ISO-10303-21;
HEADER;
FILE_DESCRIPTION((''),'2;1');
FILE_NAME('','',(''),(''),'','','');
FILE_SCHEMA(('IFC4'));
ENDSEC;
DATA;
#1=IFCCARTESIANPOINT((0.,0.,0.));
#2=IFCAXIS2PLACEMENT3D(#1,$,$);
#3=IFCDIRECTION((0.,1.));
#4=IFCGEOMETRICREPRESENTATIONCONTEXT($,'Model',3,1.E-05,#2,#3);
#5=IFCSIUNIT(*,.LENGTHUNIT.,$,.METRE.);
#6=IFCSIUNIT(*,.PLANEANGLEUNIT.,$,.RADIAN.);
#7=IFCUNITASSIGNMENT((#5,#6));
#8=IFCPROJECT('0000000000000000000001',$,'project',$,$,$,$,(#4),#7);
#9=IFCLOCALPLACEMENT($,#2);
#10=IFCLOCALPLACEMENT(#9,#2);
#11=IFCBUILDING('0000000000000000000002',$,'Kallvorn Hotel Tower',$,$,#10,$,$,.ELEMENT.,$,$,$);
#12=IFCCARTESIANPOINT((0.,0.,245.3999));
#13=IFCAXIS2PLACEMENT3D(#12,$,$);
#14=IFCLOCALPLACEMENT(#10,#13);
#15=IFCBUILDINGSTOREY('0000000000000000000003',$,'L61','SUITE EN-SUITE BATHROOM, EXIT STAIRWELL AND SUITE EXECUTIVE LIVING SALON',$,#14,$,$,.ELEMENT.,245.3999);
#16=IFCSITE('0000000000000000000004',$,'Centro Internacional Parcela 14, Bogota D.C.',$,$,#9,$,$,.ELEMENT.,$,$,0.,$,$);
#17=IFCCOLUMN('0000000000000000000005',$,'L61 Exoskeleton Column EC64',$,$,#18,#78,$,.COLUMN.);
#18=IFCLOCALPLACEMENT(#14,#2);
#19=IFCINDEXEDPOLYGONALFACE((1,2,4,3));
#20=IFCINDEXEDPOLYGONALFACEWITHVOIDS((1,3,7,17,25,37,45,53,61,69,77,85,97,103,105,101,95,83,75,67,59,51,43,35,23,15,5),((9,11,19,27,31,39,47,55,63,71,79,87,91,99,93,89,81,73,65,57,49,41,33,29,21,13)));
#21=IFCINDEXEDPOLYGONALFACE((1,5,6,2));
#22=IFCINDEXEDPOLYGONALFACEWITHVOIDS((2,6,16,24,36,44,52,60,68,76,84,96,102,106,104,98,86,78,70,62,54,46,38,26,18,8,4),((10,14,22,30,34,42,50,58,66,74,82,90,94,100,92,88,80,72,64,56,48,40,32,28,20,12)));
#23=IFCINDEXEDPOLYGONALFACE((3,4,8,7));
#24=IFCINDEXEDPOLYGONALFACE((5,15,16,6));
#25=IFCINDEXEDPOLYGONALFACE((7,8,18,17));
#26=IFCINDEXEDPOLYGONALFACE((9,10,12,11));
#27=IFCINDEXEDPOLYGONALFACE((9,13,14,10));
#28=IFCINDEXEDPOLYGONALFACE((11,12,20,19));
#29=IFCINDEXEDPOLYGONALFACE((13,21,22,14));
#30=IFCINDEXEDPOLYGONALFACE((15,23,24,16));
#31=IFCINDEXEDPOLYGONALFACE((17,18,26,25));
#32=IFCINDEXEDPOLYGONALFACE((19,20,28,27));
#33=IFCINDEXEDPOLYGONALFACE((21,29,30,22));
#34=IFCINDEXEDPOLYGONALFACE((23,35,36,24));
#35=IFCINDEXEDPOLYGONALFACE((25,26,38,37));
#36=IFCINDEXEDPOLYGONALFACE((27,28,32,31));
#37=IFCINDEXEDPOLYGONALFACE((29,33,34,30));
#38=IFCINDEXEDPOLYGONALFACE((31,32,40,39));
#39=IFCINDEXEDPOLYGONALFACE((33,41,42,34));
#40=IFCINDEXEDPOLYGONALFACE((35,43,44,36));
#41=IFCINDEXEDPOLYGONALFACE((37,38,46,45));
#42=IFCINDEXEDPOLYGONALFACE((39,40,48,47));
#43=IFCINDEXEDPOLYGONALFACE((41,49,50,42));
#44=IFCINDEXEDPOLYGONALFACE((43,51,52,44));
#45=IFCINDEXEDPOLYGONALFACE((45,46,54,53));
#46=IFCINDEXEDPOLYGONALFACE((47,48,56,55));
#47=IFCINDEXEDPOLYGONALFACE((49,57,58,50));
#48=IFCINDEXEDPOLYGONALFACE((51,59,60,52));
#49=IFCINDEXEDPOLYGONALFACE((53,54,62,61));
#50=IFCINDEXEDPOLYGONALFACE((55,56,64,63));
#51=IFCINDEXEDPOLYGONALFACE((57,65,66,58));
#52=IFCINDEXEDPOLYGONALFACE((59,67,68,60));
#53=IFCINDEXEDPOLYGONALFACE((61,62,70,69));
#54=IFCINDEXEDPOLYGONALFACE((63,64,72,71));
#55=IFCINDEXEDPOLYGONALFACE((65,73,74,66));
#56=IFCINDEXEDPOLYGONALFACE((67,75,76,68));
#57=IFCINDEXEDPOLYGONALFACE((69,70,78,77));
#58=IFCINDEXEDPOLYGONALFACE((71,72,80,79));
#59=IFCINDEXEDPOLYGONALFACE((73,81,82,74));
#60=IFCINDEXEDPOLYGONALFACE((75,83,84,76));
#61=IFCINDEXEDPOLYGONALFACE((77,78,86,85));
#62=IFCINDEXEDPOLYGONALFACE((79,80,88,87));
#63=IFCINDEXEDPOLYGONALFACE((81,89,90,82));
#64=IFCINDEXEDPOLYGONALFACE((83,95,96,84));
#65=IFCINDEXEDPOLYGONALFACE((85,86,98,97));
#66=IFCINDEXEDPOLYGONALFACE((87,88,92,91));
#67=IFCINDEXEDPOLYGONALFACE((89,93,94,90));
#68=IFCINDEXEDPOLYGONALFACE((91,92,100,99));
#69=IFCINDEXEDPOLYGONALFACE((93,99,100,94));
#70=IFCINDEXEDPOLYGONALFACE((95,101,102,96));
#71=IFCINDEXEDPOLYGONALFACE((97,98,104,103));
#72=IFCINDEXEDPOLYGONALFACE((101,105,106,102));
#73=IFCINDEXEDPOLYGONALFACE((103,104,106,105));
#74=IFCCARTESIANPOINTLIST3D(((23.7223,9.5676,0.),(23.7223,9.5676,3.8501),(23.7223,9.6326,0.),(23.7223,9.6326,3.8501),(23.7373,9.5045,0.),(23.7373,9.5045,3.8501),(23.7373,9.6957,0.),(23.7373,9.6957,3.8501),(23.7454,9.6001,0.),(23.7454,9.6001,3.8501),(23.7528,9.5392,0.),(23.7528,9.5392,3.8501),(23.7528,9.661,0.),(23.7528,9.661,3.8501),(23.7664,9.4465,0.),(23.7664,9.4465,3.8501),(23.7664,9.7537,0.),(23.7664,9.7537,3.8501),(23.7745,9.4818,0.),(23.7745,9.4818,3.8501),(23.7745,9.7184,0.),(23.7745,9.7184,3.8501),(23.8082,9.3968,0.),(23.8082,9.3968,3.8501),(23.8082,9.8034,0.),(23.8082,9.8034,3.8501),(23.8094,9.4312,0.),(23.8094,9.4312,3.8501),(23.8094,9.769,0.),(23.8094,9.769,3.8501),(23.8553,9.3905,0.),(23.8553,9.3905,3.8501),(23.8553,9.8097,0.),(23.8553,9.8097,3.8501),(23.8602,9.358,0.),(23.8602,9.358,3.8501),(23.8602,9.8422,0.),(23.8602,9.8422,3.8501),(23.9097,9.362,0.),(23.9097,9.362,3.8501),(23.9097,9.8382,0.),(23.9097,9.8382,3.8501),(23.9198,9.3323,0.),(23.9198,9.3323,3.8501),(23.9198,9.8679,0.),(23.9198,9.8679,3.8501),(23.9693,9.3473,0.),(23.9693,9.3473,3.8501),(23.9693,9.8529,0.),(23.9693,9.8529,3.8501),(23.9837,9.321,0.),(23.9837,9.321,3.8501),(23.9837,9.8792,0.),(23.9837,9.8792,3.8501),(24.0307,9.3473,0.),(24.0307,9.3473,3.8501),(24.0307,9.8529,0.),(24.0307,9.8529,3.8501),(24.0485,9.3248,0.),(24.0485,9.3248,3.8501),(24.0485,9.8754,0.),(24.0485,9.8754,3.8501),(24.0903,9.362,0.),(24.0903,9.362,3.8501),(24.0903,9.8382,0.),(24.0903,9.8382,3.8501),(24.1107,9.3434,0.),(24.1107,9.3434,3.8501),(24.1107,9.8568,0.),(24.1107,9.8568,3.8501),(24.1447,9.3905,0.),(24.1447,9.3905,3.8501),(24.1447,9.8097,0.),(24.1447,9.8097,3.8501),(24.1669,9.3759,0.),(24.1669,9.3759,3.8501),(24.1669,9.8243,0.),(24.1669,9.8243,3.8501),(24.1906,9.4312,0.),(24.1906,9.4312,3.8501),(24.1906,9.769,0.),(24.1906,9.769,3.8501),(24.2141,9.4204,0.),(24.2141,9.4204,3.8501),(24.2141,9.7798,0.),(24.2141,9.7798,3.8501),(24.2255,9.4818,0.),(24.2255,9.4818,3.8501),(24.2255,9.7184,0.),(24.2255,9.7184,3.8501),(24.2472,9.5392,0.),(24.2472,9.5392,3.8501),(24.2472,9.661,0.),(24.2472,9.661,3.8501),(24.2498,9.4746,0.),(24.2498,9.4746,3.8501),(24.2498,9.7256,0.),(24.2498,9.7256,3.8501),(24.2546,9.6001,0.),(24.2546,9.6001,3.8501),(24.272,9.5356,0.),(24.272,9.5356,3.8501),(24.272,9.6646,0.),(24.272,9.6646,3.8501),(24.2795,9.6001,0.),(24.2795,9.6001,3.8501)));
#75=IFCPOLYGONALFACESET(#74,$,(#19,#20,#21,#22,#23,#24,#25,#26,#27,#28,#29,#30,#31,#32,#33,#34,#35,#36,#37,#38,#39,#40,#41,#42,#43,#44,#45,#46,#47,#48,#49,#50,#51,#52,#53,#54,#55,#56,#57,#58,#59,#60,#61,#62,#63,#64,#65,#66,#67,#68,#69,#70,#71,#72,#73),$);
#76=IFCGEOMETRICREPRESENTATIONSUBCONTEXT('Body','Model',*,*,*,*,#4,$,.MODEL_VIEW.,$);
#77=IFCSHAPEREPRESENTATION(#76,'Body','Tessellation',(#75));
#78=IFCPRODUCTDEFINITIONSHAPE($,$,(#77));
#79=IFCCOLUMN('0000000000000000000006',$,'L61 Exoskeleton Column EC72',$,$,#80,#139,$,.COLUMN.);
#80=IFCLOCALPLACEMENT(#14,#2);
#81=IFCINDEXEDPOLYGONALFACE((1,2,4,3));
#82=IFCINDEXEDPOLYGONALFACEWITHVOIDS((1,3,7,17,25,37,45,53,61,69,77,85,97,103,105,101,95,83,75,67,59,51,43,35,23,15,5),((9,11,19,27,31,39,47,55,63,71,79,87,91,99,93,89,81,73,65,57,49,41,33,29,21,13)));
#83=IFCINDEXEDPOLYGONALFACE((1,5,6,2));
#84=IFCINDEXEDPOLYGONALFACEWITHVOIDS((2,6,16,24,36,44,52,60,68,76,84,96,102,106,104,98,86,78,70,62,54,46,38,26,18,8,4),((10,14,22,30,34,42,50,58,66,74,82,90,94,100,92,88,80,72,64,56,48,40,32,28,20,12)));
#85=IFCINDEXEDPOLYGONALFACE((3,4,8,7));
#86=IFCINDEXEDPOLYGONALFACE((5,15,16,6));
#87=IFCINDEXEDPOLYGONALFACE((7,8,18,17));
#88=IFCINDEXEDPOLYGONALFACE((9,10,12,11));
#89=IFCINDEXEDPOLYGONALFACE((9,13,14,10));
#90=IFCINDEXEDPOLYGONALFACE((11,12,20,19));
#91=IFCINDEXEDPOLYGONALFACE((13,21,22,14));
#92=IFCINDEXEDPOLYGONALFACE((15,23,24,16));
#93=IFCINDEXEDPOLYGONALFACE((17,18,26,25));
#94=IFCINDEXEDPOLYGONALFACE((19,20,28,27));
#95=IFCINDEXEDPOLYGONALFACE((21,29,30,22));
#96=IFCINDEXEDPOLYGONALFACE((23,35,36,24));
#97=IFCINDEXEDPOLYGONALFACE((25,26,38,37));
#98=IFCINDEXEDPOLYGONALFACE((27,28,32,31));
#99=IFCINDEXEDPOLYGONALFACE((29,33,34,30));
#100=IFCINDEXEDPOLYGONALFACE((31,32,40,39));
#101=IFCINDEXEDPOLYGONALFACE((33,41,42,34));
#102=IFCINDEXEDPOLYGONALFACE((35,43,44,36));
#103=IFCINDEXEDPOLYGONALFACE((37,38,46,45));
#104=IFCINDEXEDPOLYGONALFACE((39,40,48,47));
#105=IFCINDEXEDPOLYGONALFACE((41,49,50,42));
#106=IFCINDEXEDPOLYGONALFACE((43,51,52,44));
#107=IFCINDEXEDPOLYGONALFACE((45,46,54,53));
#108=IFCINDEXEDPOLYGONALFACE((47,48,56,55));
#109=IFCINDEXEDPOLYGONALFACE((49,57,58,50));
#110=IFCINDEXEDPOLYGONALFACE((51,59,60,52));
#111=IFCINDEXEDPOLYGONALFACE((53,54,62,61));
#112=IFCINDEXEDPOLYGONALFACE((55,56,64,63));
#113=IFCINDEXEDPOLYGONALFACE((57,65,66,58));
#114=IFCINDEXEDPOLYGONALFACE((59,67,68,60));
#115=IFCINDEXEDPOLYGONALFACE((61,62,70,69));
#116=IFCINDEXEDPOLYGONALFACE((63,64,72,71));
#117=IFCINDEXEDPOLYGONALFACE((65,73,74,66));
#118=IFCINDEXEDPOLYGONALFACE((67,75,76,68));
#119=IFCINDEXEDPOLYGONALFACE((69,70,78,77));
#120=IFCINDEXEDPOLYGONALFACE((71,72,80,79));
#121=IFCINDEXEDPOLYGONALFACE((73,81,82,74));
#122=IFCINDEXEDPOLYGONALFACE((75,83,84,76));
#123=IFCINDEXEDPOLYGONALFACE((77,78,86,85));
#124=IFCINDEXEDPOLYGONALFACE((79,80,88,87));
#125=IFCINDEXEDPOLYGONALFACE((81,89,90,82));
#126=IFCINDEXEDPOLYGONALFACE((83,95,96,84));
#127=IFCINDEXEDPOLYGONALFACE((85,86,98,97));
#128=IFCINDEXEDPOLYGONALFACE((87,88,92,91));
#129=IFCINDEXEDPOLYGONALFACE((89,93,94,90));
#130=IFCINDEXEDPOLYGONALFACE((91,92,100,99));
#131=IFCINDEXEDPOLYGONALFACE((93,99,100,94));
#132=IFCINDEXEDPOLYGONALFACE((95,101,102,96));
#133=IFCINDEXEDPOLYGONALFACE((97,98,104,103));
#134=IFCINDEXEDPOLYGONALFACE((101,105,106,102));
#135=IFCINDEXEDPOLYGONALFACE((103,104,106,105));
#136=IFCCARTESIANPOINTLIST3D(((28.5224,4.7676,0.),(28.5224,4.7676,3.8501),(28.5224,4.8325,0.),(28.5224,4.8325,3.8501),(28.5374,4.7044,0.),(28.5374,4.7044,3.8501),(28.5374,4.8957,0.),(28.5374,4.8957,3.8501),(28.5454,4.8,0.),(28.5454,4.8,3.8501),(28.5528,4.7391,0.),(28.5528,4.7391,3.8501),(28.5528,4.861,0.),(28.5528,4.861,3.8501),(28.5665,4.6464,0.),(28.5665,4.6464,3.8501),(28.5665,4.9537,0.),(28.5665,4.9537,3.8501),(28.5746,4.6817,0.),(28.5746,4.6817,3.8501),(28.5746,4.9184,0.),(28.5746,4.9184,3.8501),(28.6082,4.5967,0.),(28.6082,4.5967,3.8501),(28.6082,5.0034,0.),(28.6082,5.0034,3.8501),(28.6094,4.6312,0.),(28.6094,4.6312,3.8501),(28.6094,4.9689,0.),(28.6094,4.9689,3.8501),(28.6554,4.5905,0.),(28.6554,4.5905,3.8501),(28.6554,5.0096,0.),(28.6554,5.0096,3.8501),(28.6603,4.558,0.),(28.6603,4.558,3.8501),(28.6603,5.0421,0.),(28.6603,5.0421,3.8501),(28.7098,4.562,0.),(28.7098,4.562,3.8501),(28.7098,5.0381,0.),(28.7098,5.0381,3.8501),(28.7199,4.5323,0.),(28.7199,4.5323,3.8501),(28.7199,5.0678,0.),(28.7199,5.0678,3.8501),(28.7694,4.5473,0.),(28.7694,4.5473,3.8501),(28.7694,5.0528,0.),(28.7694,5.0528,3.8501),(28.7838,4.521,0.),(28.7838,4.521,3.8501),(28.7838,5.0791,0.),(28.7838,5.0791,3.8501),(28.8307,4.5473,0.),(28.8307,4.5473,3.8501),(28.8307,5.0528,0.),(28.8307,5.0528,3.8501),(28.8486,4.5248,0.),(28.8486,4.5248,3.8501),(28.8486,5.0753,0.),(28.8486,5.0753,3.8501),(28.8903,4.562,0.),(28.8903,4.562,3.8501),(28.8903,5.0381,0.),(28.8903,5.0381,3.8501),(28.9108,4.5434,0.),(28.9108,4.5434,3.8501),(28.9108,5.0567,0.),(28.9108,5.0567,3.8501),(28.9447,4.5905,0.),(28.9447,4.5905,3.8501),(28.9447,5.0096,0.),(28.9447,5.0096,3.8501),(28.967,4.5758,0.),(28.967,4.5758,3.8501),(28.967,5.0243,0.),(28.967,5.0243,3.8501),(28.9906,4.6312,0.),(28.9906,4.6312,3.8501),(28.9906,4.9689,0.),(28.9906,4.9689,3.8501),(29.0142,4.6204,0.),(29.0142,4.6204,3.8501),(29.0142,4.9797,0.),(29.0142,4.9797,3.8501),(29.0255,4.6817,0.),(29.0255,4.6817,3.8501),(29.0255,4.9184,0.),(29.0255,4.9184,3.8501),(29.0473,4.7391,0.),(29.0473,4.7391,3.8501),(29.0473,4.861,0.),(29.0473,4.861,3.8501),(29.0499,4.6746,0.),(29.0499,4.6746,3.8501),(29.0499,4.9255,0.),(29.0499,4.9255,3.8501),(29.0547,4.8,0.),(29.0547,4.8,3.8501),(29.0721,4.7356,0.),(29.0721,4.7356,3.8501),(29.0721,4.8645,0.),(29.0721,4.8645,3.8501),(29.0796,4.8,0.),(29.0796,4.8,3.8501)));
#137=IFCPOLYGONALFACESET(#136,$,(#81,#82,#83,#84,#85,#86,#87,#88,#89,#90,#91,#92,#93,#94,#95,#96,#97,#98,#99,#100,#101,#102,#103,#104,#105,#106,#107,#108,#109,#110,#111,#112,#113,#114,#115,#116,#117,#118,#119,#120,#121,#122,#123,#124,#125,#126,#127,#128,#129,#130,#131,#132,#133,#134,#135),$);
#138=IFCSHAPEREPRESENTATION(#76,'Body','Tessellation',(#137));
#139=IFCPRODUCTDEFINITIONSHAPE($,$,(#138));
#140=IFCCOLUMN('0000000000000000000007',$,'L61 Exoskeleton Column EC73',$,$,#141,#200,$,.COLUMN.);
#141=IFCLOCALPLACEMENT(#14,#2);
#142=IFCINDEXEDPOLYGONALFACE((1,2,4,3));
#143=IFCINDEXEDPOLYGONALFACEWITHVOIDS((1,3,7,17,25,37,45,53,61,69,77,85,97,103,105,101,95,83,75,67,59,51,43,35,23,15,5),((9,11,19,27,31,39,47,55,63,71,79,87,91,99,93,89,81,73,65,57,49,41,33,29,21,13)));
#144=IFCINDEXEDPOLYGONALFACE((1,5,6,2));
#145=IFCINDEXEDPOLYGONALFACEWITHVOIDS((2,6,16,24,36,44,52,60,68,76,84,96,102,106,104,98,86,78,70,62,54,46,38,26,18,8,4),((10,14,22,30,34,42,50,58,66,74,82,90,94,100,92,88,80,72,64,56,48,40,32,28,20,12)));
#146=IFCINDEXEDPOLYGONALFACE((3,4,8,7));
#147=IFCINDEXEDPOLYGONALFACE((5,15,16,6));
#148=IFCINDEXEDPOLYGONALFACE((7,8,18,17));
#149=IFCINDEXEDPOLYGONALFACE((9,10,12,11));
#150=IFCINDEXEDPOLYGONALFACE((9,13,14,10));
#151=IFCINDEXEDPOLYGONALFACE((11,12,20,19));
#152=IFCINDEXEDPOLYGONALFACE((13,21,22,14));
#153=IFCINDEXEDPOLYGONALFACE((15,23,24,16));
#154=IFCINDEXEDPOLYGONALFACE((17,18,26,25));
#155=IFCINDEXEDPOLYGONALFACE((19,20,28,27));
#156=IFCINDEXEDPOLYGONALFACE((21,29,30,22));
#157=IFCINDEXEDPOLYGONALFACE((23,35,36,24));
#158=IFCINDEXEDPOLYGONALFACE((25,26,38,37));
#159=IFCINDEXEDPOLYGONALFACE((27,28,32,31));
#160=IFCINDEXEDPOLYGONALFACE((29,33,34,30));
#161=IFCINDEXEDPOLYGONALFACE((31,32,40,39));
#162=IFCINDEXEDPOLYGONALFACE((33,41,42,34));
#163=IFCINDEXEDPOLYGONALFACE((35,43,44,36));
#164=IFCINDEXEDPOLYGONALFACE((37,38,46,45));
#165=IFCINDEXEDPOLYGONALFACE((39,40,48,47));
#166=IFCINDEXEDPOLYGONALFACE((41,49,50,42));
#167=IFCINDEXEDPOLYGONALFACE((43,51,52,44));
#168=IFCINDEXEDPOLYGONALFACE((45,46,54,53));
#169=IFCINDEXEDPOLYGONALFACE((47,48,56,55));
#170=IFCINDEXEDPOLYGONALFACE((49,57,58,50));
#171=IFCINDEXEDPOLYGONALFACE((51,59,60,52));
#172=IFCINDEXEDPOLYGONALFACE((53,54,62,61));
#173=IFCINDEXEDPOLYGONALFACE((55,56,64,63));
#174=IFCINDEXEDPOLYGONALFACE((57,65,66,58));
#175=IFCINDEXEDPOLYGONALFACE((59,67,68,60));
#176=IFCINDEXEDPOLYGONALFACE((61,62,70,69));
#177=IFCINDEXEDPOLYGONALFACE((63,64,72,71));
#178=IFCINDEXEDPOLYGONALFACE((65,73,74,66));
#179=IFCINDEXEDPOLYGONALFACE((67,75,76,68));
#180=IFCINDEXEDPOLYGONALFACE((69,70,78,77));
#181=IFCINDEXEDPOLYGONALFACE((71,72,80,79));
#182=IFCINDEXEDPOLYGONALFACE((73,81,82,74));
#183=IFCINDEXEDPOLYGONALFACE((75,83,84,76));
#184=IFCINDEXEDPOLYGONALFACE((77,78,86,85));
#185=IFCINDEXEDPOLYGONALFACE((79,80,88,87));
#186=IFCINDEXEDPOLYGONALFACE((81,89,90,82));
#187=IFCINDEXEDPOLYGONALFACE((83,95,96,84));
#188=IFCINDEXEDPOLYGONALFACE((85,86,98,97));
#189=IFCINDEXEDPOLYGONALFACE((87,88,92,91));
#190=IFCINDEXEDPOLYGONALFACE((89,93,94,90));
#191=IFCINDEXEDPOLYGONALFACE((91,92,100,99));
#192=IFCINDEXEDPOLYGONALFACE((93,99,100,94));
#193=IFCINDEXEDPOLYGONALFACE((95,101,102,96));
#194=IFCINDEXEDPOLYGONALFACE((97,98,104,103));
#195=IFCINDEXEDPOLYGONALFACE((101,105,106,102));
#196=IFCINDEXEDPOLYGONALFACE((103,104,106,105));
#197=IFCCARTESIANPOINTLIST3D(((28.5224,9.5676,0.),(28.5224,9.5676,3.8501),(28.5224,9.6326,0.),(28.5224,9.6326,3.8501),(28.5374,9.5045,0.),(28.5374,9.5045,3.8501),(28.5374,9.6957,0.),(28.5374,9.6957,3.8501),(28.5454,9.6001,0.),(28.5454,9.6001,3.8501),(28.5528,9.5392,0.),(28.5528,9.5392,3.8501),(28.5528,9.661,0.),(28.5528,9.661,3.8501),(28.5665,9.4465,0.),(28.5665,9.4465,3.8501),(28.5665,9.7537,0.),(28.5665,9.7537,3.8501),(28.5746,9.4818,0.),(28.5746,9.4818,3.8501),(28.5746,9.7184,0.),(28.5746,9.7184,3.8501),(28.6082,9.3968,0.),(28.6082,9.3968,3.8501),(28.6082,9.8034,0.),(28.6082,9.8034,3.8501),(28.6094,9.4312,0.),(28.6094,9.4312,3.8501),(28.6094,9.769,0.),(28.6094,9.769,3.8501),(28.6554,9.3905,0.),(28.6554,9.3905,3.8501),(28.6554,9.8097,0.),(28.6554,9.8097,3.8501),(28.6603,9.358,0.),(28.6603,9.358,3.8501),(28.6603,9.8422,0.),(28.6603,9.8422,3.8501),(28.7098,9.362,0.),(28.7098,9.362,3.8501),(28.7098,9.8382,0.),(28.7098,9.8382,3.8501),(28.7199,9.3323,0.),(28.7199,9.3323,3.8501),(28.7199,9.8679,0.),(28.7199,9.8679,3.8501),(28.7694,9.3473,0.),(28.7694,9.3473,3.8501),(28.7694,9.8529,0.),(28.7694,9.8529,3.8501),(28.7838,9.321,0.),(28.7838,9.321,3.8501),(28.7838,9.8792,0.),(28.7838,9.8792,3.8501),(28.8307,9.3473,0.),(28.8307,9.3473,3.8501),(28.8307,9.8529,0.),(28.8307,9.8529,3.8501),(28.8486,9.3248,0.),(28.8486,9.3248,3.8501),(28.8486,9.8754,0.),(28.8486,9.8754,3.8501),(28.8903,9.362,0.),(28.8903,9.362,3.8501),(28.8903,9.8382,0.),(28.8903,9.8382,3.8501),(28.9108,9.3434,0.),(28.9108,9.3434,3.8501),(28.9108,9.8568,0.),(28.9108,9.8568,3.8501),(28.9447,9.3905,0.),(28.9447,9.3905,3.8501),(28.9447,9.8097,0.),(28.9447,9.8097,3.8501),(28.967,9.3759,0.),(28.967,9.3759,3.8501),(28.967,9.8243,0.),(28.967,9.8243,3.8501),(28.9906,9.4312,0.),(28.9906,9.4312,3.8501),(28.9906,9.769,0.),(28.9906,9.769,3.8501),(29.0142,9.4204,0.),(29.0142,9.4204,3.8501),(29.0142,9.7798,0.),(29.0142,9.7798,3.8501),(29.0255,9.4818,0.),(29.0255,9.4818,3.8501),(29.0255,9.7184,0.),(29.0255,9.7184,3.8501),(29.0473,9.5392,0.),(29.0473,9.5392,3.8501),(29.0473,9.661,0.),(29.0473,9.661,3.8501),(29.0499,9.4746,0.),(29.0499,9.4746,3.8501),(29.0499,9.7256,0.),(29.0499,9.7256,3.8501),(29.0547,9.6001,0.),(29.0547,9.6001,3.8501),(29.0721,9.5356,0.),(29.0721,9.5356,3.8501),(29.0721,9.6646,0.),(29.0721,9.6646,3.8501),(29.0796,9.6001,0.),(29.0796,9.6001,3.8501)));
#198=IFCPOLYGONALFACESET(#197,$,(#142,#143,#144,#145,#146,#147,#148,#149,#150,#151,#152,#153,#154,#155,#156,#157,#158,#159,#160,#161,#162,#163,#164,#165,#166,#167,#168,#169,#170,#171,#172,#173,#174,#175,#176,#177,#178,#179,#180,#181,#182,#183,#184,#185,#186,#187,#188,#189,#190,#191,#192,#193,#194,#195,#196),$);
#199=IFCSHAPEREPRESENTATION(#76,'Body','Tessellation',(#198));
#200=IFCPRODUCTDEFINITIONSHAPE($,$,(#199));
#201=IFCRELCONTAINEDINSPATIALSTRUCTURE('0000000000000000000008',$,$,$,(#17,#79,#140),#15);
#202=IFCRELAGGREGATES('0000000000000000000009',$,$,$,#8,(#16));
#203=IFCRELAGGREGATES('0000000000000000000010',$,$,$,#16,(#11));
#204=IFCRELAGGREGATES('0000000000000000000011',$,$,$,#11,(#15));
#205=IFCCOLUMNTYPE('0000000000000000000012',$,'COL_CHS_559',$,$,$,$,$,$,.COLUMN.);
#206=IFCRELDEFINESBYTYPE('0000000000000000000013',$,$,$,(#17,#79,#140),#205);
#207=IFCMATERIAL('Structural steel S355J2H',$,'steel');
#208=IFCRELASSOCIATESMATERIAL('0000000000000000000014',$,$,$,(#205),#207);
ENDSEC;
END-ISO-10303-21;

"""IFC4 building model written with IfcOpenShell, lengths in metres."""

from ifc_helpers import new_model, si_unit, direction, frame, origin, origin_2d, place, context, subcontext, project, spatial, hollow_circle, extrude, material, material_profile, profile_set, type_object, element, save


model = new_model("IFC4")

# Units and contexts
model_context = context("Model", 3, precision=1e-05, world=origin(), true_north=direction((0.0, 1.0)))
body_context = subcontext(model_context, "Body", "Model", "MODEL_VIEW")
ifc_project = project(units=[si_unit("LENGTHUNIT", "METRE"), si_unit("PLANEANGLEUNIT", "RADIAN")], contexts=[model_context])

# Site, building, storey
site_placement = place(None, origin())
site = spatial("IfcSite", under=ifc_project, at=site_placement, Name="Centro Internacional Parcela 14, Bogota D.C.", CompositionType="ELEMENT", RefElevation=0.0)
building_placement = place(site_placement, origin())
building = spatial("IfcBuilding", under=site, at=building_placement, Name="Kallvorn Hotel Tower", CompositionType="ELEMENT")
storey_placement = place(building_placement, frame((0.0, 0.0, 245.3999)))
storey = spatial("IfcBuildingStorey", under=building, at=storey_placement, Name="L61", Description="SUITE EN-SUITE BATHROOM, EXIT STAIRWELL AND SUITE EXECUTIVE LIVING SALON", CompositionType="ELEMENT", Elevation=245.3999)

# Columns
ifc_material_1 = material(Name="Structural steel S355J2H", Category="steel")
ifc_material_profile_1 = material_profile(ifc_material_1, hollow_circle(Radius=0.2795, WallThickness=0.0249, at=origin_2d()), Name="CHS 559x25")
ifc_profile_set_1 = profile_set([ifc_material_profile_1], Name="Structural steel S355J2H")
column_type_1 = type_object("IfcColumnType", Name="COL_CHS_559", PredefinedType="COLUMN", material=ifc_profile_set_1)
for number, where, z_axis, x_axis, name in (
    (1, (24.0, 9.6001, 0.0), (0.0, 0.0, 1.0), (1.0, 0.0, 0.0), "L61 Exoskeleton Column EC64"),
    (2, (28.8, 4.8, 0.0), (0.0, 0.0, 1.0), (1.0, 0.0, 0.0), "L61 Exoskeleton Column EC72"),
    (3, (28.8, 9.6001, 0.0), (0.0, 0.0, 1.0), (1.0, 0.0, 0.0), "L61 Exoskeleton Column EC73"),
):
    element("IfcColumn", number, at=place(storey_placement, frame(where, z_axis=z_axis, x_axis=x_axis)), inside=storey, type_object=column_type_1, Name=name, PredefinedType="COLUMN", context=body_context, shape_type="SweptSolid", body=[
        extrude(hollow_circle(Radius=0.2795, WallThickness=0.0249, at=origin_2d()), origin(), (0.0, 0.0, 1.0), 3.8501),
    ])

save(model, "model.ifc")
